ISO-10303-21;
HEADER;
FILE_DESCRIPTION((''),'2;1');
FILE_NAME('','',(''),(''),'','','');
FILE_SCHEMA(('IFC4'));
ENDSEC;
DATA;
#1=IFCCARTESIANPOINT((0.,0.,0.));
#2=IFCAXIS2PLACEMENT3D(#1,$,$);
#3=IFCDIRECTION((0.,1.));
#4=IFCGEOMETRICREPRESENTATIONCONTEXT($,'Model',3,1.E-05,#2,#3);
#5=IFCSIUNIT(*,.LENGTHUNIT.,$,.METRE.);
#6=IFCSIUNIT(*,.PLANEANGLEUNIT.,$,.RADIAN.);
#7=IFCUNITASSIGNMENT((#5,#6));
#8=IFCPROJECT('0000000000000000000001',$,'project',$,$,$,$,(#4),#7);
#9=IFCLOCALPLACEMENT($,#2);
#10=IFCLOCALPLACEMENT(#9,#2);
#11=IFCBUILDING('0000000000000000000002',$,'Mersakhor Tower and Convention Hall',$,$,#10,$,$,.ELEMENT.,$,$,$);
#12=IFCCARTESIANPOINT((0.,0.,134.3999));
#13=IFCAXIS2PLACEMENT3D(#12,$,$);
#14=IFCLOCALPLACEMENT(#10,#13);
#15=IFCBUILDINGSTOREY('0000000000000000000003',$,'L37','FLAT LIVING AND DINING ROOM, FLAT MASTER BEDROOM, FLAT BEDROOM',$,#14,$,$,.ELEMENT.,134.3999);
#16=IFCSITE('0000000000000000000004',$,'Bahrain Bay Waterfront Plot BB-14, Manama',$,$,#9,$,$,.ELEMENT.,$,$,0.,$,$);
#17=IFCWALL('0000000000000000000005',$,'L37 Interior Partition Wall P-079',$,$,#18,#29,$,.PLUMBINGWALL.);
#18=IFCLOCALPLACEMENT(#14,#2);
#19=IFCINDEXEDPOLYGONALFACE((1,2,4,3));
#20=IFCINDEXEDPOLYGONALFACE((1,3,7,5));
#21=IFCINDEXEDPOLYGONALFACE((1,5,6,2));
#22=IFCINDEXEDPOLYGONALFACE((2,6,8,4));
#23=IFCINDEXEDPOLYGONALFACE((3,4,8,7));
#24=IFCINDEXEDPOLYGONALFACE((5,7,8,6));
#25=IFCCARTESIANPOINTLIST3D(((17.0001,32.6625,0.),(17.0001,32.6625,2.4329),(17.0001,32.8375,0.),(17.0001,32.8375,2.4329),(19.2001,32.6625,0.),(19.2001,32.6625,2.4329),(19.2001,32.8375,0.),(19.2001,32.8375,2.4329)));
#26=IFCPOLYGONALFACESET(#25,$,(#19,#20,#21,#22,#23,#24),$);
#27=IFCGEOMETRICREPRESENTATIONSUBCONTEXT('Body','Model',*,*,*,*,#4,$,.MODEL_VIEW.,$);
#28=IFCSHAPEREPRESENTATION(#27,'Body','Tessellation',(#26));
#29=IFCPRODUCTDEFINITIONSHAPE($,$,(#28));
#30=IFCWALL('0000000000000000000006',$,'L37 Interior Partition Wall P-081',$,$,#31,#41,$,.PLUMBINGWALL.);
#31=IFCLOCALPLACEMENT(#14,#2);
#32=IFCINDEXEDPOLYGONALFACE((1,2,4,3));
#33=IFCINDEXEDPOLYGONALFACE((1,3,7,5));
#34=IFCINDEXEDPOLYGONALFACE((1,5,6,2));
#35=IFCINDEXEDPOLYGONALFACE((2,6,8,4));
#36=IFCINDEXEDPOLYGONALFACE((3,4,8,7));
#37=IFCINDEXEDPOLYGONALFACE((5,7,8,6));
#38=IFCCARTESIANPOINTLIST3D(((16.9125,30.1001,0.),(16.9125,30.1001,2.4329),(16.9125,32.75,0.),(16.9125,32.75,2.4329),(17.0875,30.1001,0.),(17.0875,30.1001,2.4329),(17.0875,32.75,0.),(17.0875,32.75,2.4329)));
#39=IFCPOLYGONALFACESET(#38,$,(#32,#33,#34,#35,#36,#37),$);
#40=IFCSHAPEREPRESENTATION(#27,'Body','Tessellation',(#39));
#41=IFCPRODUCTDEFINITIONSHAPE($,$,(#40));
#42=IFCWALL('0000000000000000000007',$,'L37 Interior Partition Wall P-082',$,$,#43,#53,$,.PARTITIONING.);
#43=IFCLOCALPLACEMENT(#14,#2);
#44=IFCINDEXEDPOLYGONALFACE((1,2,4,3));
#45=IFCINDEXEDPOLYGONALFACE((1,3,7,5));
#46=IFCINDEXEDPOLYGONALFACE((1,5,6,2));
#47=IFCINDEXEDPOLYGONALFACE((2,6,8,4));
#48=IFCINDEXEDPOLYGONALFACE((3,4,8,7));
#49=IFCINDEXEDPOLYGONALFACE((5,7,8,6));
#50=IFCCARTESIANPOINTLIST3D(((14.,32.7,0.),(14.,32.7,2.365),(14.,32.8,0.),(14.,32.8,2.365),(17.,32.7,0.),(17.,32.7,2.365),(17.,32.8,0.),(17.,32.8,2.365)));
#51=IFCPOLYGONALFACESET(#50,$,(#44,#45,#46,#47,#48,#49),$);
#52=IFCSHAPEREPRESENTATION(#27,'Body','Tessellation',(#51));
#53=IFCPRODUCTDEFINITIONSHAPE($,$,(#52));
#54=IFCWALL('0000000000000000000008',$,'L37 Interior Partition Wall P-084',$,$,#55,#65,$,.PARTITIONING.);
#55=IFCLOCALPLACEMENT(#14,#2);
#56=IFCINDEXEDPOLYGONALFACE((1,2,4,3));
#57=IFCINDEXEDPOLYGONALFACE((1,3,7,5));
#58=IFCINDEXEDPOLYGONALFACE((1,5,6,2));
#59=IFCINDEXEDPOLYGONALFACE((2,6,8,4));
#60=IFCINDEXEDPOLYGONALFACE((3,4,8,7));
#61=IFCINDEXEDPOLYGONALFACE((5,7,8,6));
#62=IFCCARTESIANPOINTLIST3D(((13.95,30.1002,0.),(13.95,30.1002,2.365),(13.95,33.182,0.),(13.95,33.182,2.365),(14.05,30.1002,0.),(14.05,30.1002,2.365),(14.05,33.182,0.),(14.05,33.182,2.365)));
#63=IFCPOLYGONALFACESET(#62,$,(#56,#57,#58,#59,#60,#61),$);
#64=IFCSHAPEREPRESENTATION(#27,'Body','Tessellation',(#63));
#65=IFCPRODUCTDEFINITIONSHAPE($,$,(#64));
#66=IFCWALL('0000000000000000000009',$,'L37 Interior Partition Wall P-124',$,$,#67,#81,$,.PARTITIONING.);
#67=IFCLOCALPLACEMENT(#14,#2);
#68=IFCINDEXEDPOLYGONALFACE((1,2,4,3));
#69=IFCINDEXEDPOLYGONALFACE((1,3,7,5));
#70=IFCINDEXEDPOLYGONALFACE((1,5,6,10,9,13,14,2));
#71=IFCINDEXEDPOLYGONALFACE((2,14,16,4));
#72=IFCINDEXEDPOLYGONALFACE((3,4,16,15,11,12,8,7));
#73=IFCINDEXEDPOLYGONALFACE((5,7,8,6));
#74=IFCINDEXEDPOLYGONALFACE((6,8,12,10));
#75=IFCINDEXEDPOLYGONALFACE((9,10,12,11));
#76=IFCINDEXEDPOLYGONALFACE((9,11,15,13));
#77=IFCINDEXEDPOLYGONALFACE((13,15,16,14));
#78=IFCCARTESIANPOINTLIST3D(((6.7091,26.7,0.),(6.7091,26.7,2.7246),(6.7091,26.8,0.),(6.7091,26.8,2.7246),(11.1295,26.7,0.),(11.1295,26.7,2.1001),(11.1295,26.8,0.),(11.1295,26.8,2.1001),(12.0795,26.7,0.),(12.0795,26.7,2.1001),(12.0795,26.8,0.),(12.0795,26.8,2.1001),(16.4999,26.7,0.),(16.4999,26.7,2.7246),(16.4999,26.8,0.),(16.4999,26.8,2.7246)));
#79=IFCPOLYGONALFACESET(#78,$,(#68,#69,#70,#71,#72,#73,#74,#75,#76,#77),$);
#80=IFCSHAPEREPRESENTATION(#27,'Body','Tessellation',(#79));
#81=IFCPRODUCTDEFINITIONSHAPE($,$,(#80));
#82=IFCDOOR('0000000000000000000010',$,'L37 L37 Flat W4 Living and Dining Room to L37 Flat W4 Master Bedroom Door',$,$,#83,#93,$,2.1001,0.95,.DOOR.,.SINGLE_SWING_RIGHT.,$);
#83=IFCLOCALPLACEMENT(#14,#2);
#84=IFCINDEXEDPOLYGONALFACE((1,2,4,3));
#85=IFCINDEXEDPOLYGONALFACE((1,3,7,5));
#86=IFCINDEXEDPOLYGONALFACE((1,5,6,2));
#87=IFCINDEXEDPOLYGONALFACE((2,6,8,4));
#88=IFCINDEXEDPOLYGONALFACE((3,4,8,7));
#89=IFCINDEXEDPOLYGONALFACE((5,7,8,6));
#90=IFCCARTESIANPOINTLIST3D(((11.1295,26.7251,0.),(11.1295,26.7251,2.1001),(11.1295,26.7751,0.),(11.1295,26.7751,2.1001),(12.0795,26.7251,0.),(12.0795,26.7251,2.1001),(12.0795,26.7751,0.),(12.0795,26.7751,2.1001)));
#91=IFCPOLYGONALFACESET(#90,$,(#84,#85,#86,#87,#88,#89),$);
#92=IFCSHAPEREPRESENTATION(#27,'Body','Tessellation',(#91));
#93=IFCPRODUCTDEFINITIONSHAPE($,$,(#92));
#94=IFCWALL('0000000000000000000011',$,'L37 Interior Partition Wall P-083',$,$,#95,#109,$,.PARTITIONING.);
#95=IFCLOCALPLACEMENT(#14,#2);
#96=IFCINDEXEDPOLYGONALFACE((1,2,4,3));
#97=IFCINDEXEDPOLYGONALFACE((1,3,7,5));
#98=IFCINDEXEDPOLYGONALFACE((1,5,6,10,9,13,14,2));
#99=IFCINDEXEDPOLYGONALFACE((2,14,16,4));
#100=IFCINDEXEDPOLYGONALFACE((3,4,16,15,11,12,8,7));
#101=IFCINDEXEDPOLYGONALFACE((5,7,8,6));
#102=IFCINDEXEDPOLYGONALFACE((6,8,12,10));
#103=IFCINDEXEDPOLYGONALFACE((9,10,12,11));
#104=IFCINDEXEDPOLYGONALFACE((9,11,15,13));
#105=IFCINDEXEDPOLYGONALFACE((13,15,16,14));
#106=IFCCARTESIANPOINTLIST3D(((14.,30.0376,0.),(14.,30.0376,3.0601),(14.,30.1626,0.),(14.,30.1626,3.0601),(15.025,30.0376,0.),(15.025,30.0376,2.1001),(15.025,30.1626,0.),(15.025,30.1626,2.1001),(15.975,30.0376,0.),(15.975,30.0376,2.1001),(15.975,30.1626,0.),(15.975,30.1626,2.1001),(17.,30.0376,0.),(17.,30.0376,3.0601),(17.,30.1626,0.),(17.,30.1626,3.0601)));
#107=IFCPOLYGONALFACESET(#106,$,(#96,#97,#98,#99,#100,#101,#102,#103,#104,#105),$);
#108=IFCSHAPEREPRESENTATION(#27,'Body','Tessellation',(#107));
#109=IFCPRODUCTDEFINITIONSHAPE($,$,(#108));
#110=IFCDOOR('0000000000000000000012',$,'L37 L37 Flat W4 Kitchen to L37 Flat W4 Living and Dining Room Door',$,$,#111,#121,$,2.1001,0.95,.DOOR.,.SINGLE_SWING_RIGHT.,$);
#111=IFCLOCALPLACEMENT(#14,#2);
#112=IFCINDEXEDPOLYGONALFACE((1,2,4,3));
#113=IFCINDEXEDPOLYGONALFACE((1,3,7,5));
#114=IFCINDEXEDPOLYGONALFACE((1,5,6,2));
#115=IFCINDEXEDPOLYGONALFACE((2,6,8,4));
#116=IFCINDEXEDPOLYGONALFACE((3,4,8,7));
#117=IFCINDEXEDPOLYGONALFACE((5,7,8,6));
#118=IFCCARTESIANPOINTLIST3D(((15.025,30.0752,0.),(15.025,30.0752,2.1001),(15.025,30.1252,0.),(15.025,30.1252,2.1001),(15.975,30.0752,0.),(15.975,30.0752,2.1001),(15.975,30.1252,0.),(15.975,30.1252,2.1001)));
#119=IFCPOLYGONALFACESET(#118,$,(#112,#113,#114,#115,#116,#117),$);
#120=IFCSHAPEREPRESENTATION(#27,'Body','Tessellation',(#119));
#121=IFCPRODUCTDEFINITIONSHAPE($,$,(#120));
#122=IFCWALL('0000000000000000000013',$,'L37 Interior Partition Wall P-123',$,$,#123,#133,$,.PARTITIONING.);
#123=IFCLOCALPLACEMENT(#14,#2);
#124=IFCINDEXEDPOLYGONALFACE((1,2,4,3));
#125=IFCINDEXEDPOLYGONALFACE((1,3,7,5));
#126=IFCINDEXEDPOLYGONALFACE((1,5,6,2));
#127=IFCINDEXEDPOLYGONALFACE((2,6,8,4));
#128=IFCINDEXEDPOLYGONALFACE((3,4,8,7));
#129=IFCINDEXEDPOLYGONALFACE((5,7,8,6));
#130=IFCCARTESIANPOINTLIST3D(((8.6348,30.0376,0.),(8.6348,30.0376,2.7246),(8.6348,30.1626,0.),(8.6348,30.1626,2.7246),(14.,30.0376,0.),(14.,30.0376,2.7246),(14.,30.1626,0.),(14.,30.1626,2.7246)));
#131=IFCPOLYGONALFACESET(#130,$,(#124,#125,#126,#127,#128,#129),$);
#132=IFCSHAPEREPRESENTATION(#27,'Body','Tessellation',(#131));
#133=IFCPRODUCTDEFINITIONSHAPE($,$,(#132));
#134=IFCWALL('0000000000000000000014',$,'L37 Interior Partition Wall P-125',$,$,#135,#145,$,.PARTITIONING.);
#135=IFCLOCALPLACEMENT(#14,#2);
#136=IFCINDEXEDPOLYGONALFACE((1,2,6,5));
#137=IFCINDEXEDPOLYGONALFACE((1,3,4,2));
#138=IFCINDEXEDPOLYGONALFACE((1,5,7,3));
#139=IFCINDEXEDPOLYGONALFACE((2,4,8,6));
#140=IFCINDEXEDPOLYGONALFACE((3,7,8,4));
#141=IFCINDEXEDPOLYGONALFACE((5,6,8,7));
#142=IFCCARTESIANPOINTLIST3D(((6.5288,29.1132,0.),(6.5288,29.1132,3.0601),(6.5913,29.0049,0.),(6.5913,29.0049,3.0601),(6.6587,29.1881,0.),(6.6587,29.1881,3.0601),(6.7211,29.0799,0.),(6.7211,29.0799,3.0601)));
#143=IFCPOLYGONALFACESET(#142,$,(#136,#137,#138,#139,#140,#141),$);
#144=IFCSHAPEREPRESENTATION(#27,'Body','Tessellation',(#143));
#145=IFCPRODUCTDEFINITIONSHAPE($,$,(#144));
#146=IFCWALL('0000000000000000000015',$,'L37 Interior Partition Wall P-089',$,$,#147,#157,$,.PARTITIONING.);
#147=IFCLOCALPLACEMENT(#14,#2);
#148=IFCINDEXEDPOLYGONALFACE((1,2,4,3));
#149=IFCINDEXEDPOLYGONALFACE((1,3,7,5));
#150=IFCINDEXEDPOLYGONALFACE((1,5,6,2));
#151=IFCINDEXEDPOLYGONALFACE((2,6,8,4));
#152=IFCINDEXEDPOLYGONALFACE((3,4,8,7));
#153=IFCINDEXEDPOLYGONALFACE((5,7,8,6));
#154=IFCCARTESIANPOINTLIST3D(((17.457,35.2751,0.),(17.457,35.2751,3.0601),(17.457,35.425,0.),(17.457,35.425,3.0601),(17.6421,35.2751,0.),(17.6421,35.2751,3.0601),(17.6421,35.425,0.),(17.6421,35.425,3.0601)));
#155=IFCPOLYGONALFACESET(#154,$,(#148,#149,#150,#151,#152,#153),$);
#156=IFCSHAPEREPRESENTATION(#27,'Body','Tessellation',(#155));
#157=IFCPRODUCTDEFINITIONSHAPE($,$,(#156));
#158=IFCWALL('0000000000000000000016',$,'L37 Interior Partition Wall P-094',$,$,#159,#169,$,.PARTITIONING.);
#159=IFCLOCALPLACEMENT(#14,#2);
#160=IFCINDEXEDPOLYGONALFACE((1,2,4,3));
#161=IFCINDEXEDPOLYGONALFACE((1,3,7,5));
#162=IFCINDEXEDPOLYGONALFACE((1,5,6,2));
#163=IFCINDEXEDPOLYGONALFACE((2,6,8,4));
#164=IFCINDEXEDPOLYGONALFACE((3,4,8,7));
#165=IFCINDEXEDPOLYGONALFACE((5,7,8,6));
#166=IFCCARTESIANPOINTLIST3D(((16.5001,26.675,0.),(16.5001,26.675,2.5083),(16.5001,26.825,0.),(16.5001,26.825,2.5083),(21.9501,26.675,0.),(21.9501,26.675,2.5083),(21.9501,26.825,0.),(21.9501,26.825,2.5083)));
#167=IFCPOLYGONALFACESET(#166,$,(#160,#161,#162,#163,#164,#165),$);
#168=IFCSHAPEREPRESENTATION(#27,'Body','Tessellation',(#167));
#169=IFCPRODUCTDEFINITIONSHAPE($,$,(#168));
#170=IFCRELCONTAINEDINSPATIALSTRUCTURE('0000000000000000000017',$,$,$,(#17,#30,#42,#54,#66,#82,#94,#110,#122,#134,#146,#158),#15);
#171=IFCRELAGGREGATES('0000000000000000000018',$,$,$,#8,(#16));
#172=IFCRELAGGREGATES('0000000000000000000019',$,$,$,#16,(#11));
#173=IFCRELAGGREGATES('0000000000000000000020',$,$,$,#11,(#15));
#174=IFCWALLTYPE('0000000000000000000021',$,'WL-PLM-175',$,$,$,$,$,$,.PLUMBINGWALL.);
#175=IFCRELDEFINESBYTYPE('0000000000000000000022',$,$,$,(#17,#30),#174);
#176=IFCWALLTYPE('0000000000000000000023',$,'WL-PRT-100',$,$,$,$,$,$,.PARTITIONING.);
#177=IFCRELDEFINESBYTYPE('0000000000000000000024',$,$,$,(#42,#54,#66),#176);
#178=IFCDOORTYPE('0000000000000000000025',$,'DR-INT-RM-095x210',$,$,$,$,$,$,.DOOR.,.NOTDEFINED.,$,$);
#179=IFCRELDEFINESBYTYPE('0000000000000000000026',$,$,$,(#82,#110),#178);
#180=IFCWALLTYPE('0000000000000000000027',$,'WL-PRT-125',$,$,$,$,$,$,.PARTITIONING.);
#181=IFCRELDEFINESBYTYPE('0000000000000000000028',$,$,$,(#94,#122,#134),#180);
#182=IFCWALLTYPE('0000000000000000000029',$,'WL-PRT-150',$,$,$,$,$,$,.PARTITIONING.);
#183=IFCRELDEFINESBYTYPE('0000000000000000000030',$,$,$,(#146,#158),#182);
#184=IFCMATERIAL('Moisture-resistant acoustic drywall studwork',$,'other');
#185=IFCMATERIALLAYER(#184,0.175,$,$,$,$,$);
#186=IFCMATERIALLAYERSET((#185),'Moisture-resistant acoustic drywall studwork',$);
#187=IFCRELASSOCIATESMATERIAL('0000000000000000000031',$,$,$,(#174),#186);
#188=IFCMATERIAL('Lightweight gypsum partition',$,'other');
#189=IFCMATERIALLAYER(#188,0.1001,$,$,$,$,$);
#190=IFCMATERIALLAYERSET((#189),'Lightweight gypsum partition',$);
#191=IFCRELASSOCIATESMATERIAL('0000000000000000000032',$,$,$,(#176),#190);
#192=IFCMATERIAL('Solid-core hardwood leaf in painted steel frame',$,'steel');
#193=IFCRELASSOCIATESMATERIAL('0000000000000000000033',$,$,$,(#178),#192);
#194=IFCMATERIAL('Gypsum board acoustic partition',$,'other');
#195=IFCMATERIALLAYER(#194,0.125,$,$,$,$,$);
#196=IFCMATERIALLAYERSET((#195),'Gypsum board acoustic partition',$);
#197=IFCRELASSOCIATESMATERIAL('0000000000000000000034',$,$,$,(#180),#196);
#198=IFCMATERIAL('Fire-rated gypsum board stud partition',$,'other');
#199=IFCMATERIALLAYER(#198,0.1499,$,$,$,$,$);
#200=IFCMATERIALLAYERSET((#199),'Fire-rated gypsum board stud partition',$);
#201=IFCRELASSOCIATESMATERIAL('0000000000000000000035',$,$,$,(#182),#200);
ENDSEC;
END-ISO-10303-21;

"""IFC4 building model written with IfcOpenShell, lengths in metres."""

from ifc_helpers import new_model, si_unit, direction, frame, frame_2d, origin, place, context, subcontext, project, spatial, rectangle, extrude, material, layer, layer_set, type_object, element, fill, save


model = new_model("IFC4")

# Units and contexts
model_context = context("Model", 3, precision=1e-05, world=origin(), true_north=direction((0.0, 1.0)))
body_context = subcontext(model_context, "Body", "Model", "MODEL_VIEW")
ifc_project = project(units=[si_unit("LENGTHUNIT", "METRE"), si_unit("PLANEANGLEUNIT", "RADIAN")], contexts=[model_context])

# Site, building, storey
site_placement = place(None, origin())
site = spatial("IfcSite", under=ifc_project, at=site_placement, Name="Bahrain Bay Waterfront Plot BB-14, Manama", CompositionType="ELEMENT", RefElevation=0.0)
building_placement = place(site_placement, origin())
building = spatial("IfcBuilding", under=site, at=building_placement, Name="Mersakhor Tower and Convention Hall", CompositionType="ELEMENT")
storey_placement = place(building_placement, frame((0.0, 0.0, 134.3999)))
storey = spatial("IfcBuildingStorey", under=building, at=storey_placement, Name="L37", Description="FLAT LIVING AND DINING ROOM, FLAT MASTER BEDROOM, FLAT BEDROOM", CompositionType="ELEMENT", Elevation=134.3999)

# Walls
ifc_material_1 = material(Name="Moisture-resistant acoustic drywall studwork", Category="other")
ifc_layer_1 = layer(ifc_material_1, 0.175)
ifc_layer_set_1 = layer_set([ifc_layer_1], Name="Moisture-resistant acoustic drywall studwork")
wall_type_1 = type_object("IfcWallType", Name="WL-PLM-175", PredefinedType="PLUMBINGWALL", material=ifc_layer_set_1)
wall_1_placement = place(storey_placement, frame((17.0, 32.75, 0.0), z_axis=(0.0, 0.0, 1.0), x_axis=(1.0, 0.0, 0.0)))
element("IfcWall", 1, at=wall_1_placement, inside=storey, type_object=wall_type_1, Name="L37 Interior Partition Wall P-079", PredefinedType="PLUMBINGWALL", context=body_context, shape_type="SweptSolid", body=[
    extrude(rectangle(XDim=2.2, YDim=0.175, at=frame_2d((1.1001, 0.0))), origin(), (0.0, 0.0, 1.0), 2.4329),
])
wall_2_placement = place(storey_placement, frame((17.0, 30.1001, 0.0), z_axis=(0.0, 0.0, 1.0), x_axis=(0.0, 1.0, 0.0)))
element("IfcWall", 2, at=wall_2_placement, inside=storey, type_object=wall_type_1, Name="L37 Interior Partition Wall P-081", PredefinedType="PLUMBINGWALL", context=body_context, shape_type="SweptSolid", body=[
    extrude(rectangle(XDim=2.6499, YDim=0.175, at=frame_2d((1.325, 0.0))), origin(), (0.0, 0.0, 1.0), 2.4329),
])
ifc_material_2 = material(Name="Lightweight gypsum partition", Category="other")
ifc_layer_2 = layer(ifc_material_2, 0.1001)
ifc_layer_set_2 = layer_set([ifc_layer_2], Name="Lightweight gypsum partition")
wall_type_2 = type_object("IfcWallType", Name="WL-PRT-100", PredefinedType="PARTITIONING", material=ifc_layer_set_2)
wall_3_placement = place(storey_placement, frame((14.0, 32.75, 0.0), z_axis=(0.0, 0.0, 1.0), x_axis=(1.0, 0.0, 0.0)))
element("IfcWall", 3, at=wall_3_placement, inside=storey, type_object=wall_type_2, Name="L37 Interior Partition Wall P-082", PredefinedType="PARTITIONING", context=body_context, shape_type="SweptSolid", body=[
    extrude(rectangle(XDim=3.0, YDim=0.1001, at=frame_2d((1.5, 0.0))), origin(), (0.0, 0.0, 1.0), 2.365),
])
wall_4_placement = place(storey_placement, frame((14.0, 30.1001, 0.0), z_axis=(0.0, 0.0, 1.0), x_axis=(0.0, 1.0, 0.0)))
element("IfcWall", 4, at=wall_4_placement, inside=storey, type_object=wall_type_2, Name="L37 Interior Partition Wall P-084", PredefinedType="PARTITIONING", context=body_context, shape_type="SweptSolid", body=[
    extrude(rectangle(XDim=3.0818, YDim=0.1001, at=frame_2d((1.541, 0.0))), origin(), (0.0, 0.0, 1.0), 2.365),
])

# Walls, openings, doors
wall_5_placement = place(storey_placement, frame((16.5, 26.75, 0.0), z_axis=(0.0, 0.0, 1.0), x_axis=(-1.0, 0.0, 0.0)))
wall_5 = element("IfcWall", 5, at=wall_5_placement, inside=storey, type_object=wall_type_2, Name="L37 Interior Partition Wall P-124", PredefinedType="PARTITIONING", context=body_context, shape_type="SweptSolid", body=[
    extrude(rectangle(XDim=9.7908, YDim=0.1001, at=frame_2d((4.8955, 0.0))), origin(), (0.0, 0.0, 1.0), 2.7246),
])
opening_1_placement = place(wall_5_placement, frame((4.4204, 0.0, 0.0)))
opening_1 = element("IfcOpeningElement", 6, at=opening_1_placement, cuts=wall_5, PredefinedType="OPENING", context=body_context, shape_type="SweptSolid", body=[
    extrude(rectangle(XDim=0.95, YDim=2.1001, at=frame_2d((0.4751, 1.05))), frame((0.0, 0.0601, 0.0), z_axis=(0.0, -1.0, 0.0), x_axis=(1.0, 0.0, 0.0)), (0.0, 0.0, 1.0), 0.1201),
])
ifc_material_3 = material(Name="Solid-core hardwood leaf in painted steel frame", Category="steel")
door_type_1 = type_object("IfcDoorType", Name="DR-INT-RM-095x210", OperationType="NOTDEFINED", PredefinedType="DOOR", material=ifc_material_3)
door_1_placement = place(opening_1_placement, origin())
door_1 = element("IfcDoor", 7, at=door_1_placement, inside=storey, type_object=door_type_1, Name="L37 L37 Flat W4 Living and Dining Room to L37 Flat W4 Master Bedroom Door", OperationType="SINGLE_SWING_RIGHT", OverallHeight=2.1001, OverallWidth=0.95, PredefinedType="DOOR", context=body_context, shape_type="SweptSolid", body=[
    extrude(rectangle(XDim=0.95, YDim=2.1001, at=frame_2d((0.4751, 1.05))), frame((0.0, 0.0249, 0.0), z_axis=(0.0, -1.0, 0.0), x_axis=(1.0, 0.0, 0.0)), (0.0, 0.0, 1.0), 0.05),
])
fill(opening_1, door_1)
ifc_material_4 = material(Name="Gypsum board acoustic partition", Category="other")
ifc_layer_3 = layer(ifc_material_4, 0.125)
ifc_layer_set_3 = layer_set([ifc_layer_3], Name="Gypsum board acoustic partition")
wall_type_3 = type_object("IfcWallType", Name="WL-PRT-125", PredefinedType="PARTITIONING", material=ifc_layer_set_3)
wall_6_placement = place(storey_placement, frame((17.0, 30.1001, 0.0), z_axis=(0.0, 0.0, 1.0), x_axis=(-1.0, 0.0, 0.0)))
wall_6 = element("IfcWall", 8, at=wall_6_placement, inside=storey, type_object=wall_type_3, Name="L37 Interior Partition Wall P-083", PredefinedType="PARTITIONING", context=body_context, shape_type="SweptSolid", body=[
    extrude(rectangle(XDim=3.0, YDim=0.125, at=frame_2d((1.5, 0.0))), origin(), (0.0, 0.0, 1.0), 3.0601),
])
opening_2_placement = place(wall_6_placement, frame((1.0249, 0.0, 0.0)))
opening_2 = element("IfcOpeningElement", 9, at=opening_2_placement, cuts=wall_6, PredefinedType="OPENING", context=body_context, shape_type="SweptSolid", body=[
    extrude(rectangle(XDim=0.95, YDim=2.1001, at=frame_2d((0.4751, 1.05))), frame((0.0, 0.0725, 0.0), z_axis=(0.0, -1.0, 0.0), x_axis=(1.0, 0.0, 0.0)), (0.0, 0.0, 1.0), 0.145),
])
door_2_placement = place(opening_2_placement, origin())
door_2 = element("IfcDoor", 10, at=door_2_placement, inside=storey, type_object=door_type_1, Name="L37 L37 Flat W4 Kitchen to L37 Flat W4 Living and Dining Room Door", OperationType="SINGLE_SWING_RIGHT", OverallHeight=2.1001, OverallWidth=0.95, PredefinedType="DOOR", context=body_context, shape_type="SweptSolid", body=[
    extrude(rectangle(XDim=0.95, YDim=2.1001, at=frame_2d((0.4751, 1.05))), frame((0.0, 0.0249, 0.0), z_axis=(0.0, -1.0, 0.0), x_axis=(1.0, 0.0, 0.0)), (0.0, 0.0, 1.0), 0.05),
])
fill(opening_2, door_2)

# Walls
wall_7_placement = place(storey_placement, frame((8.6348, 30.1001, 0.0), z_axis=(0.0, 0.0, 1.0), x_axis=(1.0, 0.0, 0.0)))
element("IfcWall", 11, at=wall_7_placement, inside=storey, type_object=wall_type_3, Name="L37 Interior Partition Wall P-123", PredefinedType="PARTITIONING", context=body_context, shape_type="SweptSolid", body=[
    extrude(rectangle(XDim=5.3652, YDim=0.125, at=frame_2d((2.6826, 0.0))), origin(), (0.0, 0.0, 1.0), 2.7246),
])
wall_8_placement = place(storey_placement, frame((6.5601, 29.0591, 0.0), z_axis=(0.0, 0.0, 1.0), x_axis=(0.866131, 0.499816, 0.0)))
element("IfcWall", 12, at=wall_8_placement, inside=storey, type_object=wall_type_3, Name="L37 Interior Partition Wall P-125", PredefinedType="PARTITIONING", context=body_context, shape_type="SweptSolid", body=[
    extrude(rectangle(XDim=0.1499, YDim=0.125, at=frame_2d((0.075, 0.0))), origin(), (0.0, 0.0, 1.0), 3.0601),
])
ifc_material_5 = material(Name="Fire-rated gypsum board stud partition", Category="other")
ifc_layer_4 = layer(ifc_material_5, 0.1499)
ifc_layer_set_4 = layer_set([ifc_layer_4], Name="Fire-rated gypsum board stud partition")
wall_type_4 = type_object("IfcWallType", Name="WL-PRT-150", PredefinedType="PARTITIONING", material=ifc_layer_set_4)
wall_9_placement = place(storey_placement, frame((17.6421, 35.3501, 0.0), z_axis=(0.0, 0.0, 1.0), x_axis=(-1.0, 0.0, 0.0)))
element("IfcWall", 13, at=wall_9_placement, inside=storey, type_object=wall_type_4, Name="L37 Interior Partition Wall P-089", PredefinedType="PARTITIONING", context=body_context, shape_type="SweptSolid", body=[
    extrude(rectangle(XDim=0.1851, YDim=0.1499, at=frame_2d((0.0925, 0.0))), origin(), (0.0, 0.0, 1.0), 3.0601),
])
wall_10_placement = place(storey_placement, frame((16.5, 26.75, 0.0), z_axis=(0.0, 0.0, 1.0), x_axis=(1.0, 0.0, 0.0)))
element("IfcWall", 14, at=wall_10_placement, inside=storey, type_object=wall_type_4, Name="L37 Interior Partition Wall P-094", PredefinedType="PARTITIONING", context=body_context, shape_type="SweptSolid", body=[
    extrude(rectangle(XDim=5.45, YDim=0.1499, at=frame_2d((2.7251, 0.0))), origin(), (0.0, 0.0, 1.0), 2.5083),
])

save(model, "model.ifc")
